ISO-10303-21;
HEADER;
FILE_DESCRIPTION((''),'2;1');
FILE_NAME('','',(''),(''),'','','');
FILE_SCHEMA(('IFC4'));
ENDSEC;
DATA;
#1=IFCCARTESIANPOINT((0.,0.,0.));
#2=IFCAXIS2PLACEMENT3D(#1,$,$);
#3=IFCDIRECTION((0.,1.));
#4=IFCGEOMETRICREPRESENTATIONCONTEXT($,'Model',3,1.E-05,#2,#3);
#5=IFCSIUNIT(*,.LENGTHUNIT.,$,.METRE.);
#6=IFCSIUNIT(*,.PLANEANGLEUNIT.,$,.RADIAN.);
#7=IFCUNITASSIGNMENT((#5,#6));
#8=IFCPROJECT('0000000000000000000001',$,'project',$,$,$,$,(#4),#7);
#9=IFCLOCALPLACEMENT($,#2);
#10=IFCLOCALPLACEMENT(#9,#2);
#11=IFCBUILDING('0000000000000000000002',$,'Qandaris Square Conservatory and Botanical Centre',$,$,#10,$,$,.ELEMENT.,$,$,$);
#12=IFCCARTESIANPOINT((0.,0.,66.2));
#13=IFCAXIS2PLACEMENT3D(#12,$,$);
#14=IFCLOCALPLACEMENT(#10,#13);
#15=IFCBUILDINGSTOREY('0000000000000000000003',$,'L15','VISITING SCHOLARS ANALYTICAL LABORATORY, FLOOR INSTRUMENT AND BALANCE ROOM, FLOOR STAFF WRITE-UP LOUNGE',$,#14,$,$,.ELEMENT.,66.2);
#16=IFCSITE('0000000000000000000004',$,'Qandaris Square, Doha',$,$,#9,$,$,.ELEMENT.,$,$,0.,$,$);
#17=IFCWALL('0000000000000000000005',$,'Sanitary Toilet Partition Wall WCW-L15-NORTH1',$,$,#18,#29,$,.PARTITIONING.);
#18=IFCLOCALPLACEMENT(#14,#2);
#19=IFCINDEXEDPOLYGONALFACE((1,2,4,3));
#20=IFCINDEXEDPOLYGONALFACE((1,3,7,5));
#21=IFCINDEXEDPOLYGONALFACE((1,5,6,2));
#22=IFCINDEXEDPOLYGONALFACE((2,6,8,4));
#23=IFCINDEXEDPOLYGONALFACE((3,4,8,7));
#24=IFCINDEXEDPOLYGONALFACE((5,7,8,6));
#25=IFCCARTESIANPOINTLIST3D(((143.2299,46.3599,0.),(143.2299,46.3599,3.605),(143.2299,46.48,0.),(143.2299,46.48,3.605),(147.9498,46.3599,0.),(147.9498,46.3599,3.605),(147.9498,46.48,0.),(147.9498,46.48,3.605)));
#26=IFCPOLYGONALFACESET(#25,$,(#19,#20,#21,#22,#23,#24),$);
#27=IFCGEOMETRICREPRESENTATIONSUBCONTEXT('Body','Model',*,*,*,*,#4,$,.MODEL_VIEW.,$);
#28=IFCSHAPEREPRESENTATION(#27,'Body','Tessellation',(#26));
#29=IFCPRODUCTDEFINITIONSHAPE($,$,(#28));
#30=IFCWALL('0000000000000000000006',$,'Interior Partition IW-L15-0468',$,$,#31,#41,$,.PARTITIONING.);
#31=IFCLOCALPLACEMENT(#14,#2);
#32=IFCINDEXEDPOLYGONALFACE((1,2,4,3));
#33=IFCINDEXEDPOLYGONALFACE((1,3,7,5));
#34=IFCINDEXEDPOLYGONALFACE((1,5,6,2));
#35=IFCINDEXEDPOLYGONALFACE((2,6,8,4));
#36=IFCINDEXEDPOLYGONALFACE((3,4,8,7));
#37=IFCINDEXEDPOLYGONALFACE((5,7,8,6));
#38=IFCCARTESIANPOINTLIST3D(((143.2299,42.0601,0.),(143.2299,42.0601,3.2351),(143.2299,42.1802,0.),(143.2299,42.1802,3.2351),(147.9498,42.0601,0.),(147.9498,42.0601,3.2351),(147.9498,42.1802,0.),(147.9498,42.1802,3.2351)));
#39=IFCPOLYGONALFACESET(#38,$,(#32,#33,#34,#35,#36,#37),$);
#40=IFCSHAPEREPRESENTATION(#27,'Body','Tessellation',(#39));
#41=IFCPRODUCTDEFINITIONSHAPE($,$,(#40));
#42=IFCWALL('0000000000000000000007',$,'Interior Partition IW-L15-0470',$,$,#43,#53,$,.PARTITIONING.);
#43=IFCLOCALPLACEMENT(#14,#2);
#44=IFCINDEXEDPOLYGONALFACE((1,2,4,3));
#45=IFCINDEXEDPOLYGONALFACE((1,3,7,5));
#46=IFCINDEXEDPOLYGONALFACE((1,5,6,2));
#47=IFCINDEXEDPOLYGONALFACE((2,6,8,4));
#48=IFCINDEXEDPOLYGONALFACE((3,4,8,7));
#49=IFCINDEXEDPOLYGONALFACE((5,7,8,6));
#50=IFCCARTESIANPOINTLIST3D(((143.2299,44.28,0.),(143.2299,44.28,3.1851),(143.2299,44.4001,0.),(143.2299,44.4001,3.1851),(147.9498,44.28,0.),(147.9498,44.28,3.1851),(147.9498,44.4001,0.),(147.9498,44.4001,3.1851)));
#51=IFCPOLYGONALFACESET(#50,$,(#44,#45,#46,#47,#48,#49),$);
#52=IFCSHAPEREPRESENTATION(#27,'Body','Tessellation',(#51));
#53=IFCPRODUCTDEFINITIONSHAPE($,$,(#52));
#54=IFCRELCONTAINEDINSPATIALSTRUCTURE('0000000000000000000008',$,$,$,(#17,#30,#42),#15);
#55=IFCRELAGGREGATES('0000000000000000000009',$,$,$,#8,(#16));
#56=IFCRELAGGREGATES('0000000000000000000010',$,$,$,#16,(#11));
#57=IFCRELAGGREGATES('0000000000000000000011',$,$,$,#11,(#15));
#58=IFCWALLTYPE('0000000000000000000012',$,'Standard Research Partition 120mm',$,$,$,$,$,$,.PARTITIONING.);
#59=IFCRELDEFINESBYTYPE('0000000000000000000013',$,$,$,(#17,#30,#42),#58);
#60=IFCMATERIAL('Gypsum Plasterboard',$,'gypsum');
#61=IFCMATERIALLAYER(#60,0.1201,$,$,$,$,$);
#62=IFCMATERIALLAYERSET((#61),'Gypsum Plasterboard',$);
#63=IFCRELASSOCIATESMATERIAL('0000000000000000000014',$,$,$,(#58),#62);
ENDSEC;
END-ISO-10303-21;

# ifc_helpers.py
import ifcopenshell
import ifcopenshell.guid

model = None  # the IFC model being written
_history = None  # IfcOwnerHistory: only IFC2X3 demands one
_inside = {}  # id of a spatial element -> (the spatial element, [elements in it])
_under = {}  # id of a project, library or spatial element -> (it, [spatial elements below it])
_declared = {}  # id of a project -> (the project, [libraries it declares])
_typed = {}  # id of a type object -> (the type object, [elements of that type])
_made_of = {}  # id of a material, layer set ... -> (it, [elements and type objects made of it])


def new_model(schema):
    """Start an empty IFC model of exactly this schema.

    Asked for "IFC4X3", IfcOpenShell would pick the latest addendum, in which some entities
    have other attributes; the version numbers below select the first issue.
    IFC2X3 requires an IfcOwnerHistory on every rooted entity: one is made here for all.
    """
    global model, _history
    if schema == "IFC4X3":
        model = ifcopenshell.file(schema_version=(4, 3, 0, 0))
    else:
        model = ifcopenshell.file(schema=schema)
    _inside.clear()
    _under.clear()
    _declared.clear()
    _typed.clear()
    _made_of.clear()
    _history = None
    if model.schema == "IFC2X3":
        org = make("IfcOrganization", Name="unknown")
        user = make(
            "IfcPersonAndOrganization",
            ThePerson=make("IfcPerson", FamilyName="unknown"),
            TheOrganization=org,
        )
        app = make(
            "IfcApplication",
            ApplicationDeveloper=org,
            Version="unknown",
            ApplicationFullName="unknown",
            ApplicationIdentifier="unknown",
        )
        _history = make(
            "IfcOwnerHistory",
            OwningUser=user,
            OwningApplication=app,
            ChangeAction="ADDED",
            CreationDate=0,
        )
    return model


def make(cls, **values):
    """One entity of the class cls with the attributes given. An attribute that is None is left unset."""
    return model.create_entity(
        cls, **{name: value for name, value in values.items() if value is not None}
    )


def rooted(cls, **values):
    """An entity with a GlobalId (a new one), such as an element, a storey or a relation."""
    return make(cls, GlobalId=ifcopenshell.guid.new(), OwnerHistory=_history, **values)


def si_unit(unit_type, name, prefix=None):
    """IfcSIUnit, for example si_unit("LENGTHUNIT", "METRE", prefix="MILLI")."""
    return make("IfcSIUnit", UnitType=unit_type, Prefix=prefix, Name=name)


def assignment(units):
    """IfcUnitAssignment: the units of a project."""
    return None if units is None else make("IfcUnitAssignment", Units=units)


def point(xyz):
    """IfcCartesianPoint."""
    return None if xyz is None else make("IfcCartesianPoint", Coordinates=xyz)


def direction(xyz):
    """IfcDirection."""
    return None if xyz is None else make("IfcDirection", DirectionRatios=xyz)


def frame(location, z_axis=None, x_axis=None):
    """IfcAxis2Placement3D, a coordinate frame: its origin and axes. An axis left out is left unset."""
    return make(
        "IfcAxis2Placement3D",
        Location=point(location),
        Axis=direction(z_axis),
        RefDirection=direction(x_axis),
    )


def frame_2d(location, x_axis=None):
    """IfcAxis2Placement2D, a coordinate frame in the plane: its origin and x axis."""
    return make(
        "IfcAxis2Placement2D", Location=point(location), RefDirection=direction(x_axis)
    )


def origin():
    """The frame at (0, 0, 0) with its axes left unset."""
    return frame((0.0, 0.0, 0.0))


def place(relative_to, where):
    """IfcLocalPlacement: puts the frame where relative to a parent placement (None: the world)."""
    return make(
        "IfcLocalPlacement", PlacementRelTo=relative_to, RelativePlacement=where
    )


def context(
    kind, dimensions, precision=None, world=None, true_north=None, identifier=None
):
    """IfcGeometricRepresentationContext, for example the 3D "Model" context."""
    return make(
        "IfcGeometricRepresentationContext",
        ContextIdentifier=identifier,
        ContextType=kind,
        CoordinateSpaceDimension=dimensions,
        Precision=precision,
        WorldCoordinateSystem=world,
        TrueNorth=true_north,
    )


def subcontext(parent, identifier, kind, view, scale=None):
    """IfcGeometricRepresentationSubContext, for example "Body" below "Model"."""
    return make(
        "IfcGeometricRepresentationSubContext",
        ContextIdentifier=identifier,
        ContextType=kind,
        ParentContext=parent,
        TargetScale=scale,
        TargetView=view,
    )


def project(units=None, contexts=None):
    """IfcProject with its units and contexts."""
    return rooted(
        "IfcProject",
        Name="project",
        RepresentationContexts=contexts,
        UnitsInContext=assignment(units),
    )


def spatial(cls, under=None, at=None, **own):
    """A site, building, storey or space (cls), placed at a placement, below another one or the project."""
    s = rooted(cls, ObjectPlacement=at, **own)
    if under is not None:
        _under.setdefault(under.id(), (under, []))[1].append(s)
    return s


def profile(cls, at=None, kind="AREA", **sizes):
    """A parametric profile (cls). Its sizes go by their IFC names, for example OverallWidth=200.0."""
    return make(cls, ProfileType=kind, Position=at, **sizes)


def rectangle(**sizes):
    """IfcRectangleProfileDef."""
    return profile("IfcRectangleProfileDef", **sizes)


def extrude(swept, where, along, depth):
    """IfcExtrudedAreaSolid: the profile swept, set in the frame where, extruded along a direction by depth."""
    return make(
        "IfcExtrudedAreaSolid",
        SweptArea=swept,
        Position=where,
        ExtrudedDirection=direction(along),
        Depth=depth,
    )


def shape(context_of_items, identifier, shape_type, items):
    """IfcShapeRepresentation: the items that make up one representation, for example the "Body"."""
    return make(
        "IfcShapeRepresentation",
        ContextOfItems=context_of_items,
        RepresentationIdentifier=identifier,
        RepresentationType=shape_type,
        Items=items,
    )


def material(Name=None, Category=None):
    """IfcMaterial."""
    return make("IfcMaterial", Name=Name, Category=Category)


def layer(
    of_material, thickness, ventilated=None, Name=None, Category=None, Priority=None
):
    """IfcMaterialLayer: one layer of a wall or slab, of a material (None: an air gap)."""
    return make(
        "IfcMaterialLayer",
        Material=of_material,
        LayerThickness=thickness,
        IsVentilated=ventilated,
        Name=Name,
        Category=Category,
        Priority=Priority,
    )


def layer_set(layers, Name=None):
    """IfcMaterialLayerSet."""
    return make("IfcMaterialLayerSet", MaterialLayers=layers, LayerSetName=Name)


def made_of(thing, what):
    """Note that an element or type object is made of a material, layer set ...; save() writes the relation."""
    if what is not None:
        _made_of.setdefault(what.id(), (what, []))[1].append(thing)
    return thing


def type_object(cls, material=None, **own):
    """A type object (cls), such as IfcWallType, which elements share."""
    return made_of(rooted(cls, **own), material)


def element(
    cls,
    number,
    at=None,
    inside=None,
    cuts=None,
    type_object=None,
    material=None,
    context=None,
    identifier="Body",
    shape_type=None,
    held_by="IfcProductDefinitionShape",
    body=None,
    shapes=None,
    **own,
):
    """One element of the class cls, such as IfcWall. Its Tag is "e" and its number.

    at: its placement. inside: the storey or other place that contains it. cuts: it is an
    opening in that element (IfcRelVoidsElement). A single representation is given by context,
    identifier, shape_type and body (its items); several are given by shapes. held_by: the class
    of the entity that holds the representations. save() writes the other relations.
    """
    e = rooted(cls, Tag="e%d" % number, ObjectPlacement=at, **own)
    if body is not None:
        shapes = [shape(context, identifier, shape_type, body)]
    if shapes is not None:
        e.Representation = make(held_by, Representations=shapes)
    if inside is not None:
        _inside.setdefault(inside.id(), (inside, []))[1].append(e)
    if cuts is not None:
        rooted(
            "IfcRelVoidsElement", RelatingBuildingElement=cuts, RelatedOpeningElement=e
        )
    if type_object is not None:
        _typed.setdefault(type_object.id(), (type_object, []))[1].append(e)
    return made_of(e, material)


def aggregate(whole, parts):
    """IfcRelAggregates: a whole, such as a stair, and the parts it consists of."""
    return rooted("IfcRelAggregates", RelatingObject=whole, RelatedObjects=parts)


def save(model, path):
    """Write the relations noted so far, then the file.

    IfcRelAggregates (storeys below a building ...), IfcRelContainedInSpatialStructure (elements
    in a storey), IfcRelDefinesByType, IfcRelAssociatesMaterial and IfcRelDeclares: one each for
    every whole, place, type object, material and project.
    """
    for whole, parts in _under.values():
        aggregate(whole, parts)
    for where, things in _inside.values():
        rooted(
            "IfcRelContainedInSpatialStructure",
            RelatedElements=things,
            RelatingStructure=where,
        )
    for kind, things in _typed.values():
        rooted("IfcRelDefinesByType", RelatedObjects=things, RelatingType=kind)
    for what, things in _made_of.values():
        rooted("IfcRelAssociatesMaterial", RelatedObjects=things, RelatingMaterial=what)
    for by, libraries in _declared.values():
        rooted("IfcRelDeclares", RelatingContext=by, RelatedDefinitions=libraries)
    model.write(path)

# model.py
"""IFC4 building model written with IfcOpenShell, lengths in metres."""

from ifc_helpers import new_model, si_unit, direction, frame, frame_2d, origin, place, context, subcontext, project, spatial, rectangle, extrude, material, layer, layer_set, type_object, element, save


model = new_model("IFC4")

# Units and contexts
model_context = context("Model", 3, precision=1e-05, world=origin(), true_north=direction((0.0, 1.0)))
body_context = subcontext(model_context, "Body", "Model", "MODEL_VIEW")
ifc_project = project(units=[si_unit("LENGTHUNIT", "METRE"), si_unit("PLANEANGLEUNIT", "RADIAN")], contexts=[model_context])

# Site, building, storey
site_placement = place(None, origin())
site = spatial("IfcSite", under=ifc_project, at=site_placement, Name="Qandaris Square, Doha", CompositionType="ELEMENT", RefElevation=0.0)
building_placement = place(site_placement, origin())
building = spatial("IfcBuilding", under=site, at=building_placement, Name="Qandaris Square Conservatory and Botanical Centre", CompositionType="ELEMENT")
storey_placement = place(building_placement, frame((0.0, 0.0, 66.2)))
storey = spatial("IfcBuildingStorey", under=building, at=storey_placement, Name="L15", Description="VISITING SCHOLARS ANALYTICAL LABORATORY, FLOOR INSTRUMENT AND BALANCE ROOM, FLOOR STAFF WRITE-UP LOUNGE", CompositionType="ELEMENT", Elevation=66.2)

# Walls
ifc_material_1 = material(Name="Gypsum Plasterboard", Category="gypsum")
ifc_layer_1 = layer(ifc_material_1, 0.1201)
ifc_layer_set_1 = layer_set([ifc_layer_1], Name="Gypsum Plasterboard")
wall_type = type_object("IfcWallType", Name="Standard Research Partition 120mm", PredefinedType="PARTITIONING", material=ifc_layer_set_1)
for number, where, z_axis, x_axis, name in (
    (1, (143.23, 46.4199, 0.0), (0.0, 0.0, 1.0), (1.0, 0.0, 0.0), "Sanitary Toilet Partition Wall WCW-L15-NORTH1"),
):
    element("IfcWall", number, at=place(storey_placement, frame(where, z_axis=z_axis, x_axis=x_axis)), inside=storey, type_object=wall_type, Name=name, PredefinedType="PARTITIONING", context=body_context, shape_type="SweptSolid", body=[
        extrude(rectangle(XDim=4.72, YDim=0.1201, at=frame_2d((2.3599, 0.0))), origin(), (0.0, 0.0, 1.0), 3.605),
    ])
wall_1_placement = place(storey_placement, frame((143.23, 42.1201, 0.0), z_axis=(0.0, 0.0, 1.0), x_axis=(1.0, 0.0, 0.0)))
element("IfcWall", 2, at=wall_1_placement, inside=storey, type_object=wall_type, Name="Interior Partition IW-L15-0468", PredefinedType="PARTITIONING", context=body_context, shape_type="SweptSolid", body=[
    extrude(rectangle(XDim=4.72, YDim=0.1201, at=frame_2d((2.3599, 0.0))), origin(), (0.0, 0.0, 1.0), 3.2351),
])

# Wall
wall_2_placement = place(storey_placement, frame((143.23, 44.3401, 0.0), z_axis=(0.0, 0.0, 1.0), x_axis=(1.0, 0.0, 0.0)))
element("IfcWall", 3, at=wall_2_placement, inside=storey, type_object=wall_type, Name="Interior Partition IW-L15-0470", PredefinedType="PARTITIONING", context=body_context, shape_type="SweptSolid", body=[
    extrude(rectangle(XDim=4.72, YDim=0.1201, at=frame_2d((2.3599, 0.0))), origin(), (0.0, 0.0, 1.0), 3.1851),
])

save(model, "model.ifc")
